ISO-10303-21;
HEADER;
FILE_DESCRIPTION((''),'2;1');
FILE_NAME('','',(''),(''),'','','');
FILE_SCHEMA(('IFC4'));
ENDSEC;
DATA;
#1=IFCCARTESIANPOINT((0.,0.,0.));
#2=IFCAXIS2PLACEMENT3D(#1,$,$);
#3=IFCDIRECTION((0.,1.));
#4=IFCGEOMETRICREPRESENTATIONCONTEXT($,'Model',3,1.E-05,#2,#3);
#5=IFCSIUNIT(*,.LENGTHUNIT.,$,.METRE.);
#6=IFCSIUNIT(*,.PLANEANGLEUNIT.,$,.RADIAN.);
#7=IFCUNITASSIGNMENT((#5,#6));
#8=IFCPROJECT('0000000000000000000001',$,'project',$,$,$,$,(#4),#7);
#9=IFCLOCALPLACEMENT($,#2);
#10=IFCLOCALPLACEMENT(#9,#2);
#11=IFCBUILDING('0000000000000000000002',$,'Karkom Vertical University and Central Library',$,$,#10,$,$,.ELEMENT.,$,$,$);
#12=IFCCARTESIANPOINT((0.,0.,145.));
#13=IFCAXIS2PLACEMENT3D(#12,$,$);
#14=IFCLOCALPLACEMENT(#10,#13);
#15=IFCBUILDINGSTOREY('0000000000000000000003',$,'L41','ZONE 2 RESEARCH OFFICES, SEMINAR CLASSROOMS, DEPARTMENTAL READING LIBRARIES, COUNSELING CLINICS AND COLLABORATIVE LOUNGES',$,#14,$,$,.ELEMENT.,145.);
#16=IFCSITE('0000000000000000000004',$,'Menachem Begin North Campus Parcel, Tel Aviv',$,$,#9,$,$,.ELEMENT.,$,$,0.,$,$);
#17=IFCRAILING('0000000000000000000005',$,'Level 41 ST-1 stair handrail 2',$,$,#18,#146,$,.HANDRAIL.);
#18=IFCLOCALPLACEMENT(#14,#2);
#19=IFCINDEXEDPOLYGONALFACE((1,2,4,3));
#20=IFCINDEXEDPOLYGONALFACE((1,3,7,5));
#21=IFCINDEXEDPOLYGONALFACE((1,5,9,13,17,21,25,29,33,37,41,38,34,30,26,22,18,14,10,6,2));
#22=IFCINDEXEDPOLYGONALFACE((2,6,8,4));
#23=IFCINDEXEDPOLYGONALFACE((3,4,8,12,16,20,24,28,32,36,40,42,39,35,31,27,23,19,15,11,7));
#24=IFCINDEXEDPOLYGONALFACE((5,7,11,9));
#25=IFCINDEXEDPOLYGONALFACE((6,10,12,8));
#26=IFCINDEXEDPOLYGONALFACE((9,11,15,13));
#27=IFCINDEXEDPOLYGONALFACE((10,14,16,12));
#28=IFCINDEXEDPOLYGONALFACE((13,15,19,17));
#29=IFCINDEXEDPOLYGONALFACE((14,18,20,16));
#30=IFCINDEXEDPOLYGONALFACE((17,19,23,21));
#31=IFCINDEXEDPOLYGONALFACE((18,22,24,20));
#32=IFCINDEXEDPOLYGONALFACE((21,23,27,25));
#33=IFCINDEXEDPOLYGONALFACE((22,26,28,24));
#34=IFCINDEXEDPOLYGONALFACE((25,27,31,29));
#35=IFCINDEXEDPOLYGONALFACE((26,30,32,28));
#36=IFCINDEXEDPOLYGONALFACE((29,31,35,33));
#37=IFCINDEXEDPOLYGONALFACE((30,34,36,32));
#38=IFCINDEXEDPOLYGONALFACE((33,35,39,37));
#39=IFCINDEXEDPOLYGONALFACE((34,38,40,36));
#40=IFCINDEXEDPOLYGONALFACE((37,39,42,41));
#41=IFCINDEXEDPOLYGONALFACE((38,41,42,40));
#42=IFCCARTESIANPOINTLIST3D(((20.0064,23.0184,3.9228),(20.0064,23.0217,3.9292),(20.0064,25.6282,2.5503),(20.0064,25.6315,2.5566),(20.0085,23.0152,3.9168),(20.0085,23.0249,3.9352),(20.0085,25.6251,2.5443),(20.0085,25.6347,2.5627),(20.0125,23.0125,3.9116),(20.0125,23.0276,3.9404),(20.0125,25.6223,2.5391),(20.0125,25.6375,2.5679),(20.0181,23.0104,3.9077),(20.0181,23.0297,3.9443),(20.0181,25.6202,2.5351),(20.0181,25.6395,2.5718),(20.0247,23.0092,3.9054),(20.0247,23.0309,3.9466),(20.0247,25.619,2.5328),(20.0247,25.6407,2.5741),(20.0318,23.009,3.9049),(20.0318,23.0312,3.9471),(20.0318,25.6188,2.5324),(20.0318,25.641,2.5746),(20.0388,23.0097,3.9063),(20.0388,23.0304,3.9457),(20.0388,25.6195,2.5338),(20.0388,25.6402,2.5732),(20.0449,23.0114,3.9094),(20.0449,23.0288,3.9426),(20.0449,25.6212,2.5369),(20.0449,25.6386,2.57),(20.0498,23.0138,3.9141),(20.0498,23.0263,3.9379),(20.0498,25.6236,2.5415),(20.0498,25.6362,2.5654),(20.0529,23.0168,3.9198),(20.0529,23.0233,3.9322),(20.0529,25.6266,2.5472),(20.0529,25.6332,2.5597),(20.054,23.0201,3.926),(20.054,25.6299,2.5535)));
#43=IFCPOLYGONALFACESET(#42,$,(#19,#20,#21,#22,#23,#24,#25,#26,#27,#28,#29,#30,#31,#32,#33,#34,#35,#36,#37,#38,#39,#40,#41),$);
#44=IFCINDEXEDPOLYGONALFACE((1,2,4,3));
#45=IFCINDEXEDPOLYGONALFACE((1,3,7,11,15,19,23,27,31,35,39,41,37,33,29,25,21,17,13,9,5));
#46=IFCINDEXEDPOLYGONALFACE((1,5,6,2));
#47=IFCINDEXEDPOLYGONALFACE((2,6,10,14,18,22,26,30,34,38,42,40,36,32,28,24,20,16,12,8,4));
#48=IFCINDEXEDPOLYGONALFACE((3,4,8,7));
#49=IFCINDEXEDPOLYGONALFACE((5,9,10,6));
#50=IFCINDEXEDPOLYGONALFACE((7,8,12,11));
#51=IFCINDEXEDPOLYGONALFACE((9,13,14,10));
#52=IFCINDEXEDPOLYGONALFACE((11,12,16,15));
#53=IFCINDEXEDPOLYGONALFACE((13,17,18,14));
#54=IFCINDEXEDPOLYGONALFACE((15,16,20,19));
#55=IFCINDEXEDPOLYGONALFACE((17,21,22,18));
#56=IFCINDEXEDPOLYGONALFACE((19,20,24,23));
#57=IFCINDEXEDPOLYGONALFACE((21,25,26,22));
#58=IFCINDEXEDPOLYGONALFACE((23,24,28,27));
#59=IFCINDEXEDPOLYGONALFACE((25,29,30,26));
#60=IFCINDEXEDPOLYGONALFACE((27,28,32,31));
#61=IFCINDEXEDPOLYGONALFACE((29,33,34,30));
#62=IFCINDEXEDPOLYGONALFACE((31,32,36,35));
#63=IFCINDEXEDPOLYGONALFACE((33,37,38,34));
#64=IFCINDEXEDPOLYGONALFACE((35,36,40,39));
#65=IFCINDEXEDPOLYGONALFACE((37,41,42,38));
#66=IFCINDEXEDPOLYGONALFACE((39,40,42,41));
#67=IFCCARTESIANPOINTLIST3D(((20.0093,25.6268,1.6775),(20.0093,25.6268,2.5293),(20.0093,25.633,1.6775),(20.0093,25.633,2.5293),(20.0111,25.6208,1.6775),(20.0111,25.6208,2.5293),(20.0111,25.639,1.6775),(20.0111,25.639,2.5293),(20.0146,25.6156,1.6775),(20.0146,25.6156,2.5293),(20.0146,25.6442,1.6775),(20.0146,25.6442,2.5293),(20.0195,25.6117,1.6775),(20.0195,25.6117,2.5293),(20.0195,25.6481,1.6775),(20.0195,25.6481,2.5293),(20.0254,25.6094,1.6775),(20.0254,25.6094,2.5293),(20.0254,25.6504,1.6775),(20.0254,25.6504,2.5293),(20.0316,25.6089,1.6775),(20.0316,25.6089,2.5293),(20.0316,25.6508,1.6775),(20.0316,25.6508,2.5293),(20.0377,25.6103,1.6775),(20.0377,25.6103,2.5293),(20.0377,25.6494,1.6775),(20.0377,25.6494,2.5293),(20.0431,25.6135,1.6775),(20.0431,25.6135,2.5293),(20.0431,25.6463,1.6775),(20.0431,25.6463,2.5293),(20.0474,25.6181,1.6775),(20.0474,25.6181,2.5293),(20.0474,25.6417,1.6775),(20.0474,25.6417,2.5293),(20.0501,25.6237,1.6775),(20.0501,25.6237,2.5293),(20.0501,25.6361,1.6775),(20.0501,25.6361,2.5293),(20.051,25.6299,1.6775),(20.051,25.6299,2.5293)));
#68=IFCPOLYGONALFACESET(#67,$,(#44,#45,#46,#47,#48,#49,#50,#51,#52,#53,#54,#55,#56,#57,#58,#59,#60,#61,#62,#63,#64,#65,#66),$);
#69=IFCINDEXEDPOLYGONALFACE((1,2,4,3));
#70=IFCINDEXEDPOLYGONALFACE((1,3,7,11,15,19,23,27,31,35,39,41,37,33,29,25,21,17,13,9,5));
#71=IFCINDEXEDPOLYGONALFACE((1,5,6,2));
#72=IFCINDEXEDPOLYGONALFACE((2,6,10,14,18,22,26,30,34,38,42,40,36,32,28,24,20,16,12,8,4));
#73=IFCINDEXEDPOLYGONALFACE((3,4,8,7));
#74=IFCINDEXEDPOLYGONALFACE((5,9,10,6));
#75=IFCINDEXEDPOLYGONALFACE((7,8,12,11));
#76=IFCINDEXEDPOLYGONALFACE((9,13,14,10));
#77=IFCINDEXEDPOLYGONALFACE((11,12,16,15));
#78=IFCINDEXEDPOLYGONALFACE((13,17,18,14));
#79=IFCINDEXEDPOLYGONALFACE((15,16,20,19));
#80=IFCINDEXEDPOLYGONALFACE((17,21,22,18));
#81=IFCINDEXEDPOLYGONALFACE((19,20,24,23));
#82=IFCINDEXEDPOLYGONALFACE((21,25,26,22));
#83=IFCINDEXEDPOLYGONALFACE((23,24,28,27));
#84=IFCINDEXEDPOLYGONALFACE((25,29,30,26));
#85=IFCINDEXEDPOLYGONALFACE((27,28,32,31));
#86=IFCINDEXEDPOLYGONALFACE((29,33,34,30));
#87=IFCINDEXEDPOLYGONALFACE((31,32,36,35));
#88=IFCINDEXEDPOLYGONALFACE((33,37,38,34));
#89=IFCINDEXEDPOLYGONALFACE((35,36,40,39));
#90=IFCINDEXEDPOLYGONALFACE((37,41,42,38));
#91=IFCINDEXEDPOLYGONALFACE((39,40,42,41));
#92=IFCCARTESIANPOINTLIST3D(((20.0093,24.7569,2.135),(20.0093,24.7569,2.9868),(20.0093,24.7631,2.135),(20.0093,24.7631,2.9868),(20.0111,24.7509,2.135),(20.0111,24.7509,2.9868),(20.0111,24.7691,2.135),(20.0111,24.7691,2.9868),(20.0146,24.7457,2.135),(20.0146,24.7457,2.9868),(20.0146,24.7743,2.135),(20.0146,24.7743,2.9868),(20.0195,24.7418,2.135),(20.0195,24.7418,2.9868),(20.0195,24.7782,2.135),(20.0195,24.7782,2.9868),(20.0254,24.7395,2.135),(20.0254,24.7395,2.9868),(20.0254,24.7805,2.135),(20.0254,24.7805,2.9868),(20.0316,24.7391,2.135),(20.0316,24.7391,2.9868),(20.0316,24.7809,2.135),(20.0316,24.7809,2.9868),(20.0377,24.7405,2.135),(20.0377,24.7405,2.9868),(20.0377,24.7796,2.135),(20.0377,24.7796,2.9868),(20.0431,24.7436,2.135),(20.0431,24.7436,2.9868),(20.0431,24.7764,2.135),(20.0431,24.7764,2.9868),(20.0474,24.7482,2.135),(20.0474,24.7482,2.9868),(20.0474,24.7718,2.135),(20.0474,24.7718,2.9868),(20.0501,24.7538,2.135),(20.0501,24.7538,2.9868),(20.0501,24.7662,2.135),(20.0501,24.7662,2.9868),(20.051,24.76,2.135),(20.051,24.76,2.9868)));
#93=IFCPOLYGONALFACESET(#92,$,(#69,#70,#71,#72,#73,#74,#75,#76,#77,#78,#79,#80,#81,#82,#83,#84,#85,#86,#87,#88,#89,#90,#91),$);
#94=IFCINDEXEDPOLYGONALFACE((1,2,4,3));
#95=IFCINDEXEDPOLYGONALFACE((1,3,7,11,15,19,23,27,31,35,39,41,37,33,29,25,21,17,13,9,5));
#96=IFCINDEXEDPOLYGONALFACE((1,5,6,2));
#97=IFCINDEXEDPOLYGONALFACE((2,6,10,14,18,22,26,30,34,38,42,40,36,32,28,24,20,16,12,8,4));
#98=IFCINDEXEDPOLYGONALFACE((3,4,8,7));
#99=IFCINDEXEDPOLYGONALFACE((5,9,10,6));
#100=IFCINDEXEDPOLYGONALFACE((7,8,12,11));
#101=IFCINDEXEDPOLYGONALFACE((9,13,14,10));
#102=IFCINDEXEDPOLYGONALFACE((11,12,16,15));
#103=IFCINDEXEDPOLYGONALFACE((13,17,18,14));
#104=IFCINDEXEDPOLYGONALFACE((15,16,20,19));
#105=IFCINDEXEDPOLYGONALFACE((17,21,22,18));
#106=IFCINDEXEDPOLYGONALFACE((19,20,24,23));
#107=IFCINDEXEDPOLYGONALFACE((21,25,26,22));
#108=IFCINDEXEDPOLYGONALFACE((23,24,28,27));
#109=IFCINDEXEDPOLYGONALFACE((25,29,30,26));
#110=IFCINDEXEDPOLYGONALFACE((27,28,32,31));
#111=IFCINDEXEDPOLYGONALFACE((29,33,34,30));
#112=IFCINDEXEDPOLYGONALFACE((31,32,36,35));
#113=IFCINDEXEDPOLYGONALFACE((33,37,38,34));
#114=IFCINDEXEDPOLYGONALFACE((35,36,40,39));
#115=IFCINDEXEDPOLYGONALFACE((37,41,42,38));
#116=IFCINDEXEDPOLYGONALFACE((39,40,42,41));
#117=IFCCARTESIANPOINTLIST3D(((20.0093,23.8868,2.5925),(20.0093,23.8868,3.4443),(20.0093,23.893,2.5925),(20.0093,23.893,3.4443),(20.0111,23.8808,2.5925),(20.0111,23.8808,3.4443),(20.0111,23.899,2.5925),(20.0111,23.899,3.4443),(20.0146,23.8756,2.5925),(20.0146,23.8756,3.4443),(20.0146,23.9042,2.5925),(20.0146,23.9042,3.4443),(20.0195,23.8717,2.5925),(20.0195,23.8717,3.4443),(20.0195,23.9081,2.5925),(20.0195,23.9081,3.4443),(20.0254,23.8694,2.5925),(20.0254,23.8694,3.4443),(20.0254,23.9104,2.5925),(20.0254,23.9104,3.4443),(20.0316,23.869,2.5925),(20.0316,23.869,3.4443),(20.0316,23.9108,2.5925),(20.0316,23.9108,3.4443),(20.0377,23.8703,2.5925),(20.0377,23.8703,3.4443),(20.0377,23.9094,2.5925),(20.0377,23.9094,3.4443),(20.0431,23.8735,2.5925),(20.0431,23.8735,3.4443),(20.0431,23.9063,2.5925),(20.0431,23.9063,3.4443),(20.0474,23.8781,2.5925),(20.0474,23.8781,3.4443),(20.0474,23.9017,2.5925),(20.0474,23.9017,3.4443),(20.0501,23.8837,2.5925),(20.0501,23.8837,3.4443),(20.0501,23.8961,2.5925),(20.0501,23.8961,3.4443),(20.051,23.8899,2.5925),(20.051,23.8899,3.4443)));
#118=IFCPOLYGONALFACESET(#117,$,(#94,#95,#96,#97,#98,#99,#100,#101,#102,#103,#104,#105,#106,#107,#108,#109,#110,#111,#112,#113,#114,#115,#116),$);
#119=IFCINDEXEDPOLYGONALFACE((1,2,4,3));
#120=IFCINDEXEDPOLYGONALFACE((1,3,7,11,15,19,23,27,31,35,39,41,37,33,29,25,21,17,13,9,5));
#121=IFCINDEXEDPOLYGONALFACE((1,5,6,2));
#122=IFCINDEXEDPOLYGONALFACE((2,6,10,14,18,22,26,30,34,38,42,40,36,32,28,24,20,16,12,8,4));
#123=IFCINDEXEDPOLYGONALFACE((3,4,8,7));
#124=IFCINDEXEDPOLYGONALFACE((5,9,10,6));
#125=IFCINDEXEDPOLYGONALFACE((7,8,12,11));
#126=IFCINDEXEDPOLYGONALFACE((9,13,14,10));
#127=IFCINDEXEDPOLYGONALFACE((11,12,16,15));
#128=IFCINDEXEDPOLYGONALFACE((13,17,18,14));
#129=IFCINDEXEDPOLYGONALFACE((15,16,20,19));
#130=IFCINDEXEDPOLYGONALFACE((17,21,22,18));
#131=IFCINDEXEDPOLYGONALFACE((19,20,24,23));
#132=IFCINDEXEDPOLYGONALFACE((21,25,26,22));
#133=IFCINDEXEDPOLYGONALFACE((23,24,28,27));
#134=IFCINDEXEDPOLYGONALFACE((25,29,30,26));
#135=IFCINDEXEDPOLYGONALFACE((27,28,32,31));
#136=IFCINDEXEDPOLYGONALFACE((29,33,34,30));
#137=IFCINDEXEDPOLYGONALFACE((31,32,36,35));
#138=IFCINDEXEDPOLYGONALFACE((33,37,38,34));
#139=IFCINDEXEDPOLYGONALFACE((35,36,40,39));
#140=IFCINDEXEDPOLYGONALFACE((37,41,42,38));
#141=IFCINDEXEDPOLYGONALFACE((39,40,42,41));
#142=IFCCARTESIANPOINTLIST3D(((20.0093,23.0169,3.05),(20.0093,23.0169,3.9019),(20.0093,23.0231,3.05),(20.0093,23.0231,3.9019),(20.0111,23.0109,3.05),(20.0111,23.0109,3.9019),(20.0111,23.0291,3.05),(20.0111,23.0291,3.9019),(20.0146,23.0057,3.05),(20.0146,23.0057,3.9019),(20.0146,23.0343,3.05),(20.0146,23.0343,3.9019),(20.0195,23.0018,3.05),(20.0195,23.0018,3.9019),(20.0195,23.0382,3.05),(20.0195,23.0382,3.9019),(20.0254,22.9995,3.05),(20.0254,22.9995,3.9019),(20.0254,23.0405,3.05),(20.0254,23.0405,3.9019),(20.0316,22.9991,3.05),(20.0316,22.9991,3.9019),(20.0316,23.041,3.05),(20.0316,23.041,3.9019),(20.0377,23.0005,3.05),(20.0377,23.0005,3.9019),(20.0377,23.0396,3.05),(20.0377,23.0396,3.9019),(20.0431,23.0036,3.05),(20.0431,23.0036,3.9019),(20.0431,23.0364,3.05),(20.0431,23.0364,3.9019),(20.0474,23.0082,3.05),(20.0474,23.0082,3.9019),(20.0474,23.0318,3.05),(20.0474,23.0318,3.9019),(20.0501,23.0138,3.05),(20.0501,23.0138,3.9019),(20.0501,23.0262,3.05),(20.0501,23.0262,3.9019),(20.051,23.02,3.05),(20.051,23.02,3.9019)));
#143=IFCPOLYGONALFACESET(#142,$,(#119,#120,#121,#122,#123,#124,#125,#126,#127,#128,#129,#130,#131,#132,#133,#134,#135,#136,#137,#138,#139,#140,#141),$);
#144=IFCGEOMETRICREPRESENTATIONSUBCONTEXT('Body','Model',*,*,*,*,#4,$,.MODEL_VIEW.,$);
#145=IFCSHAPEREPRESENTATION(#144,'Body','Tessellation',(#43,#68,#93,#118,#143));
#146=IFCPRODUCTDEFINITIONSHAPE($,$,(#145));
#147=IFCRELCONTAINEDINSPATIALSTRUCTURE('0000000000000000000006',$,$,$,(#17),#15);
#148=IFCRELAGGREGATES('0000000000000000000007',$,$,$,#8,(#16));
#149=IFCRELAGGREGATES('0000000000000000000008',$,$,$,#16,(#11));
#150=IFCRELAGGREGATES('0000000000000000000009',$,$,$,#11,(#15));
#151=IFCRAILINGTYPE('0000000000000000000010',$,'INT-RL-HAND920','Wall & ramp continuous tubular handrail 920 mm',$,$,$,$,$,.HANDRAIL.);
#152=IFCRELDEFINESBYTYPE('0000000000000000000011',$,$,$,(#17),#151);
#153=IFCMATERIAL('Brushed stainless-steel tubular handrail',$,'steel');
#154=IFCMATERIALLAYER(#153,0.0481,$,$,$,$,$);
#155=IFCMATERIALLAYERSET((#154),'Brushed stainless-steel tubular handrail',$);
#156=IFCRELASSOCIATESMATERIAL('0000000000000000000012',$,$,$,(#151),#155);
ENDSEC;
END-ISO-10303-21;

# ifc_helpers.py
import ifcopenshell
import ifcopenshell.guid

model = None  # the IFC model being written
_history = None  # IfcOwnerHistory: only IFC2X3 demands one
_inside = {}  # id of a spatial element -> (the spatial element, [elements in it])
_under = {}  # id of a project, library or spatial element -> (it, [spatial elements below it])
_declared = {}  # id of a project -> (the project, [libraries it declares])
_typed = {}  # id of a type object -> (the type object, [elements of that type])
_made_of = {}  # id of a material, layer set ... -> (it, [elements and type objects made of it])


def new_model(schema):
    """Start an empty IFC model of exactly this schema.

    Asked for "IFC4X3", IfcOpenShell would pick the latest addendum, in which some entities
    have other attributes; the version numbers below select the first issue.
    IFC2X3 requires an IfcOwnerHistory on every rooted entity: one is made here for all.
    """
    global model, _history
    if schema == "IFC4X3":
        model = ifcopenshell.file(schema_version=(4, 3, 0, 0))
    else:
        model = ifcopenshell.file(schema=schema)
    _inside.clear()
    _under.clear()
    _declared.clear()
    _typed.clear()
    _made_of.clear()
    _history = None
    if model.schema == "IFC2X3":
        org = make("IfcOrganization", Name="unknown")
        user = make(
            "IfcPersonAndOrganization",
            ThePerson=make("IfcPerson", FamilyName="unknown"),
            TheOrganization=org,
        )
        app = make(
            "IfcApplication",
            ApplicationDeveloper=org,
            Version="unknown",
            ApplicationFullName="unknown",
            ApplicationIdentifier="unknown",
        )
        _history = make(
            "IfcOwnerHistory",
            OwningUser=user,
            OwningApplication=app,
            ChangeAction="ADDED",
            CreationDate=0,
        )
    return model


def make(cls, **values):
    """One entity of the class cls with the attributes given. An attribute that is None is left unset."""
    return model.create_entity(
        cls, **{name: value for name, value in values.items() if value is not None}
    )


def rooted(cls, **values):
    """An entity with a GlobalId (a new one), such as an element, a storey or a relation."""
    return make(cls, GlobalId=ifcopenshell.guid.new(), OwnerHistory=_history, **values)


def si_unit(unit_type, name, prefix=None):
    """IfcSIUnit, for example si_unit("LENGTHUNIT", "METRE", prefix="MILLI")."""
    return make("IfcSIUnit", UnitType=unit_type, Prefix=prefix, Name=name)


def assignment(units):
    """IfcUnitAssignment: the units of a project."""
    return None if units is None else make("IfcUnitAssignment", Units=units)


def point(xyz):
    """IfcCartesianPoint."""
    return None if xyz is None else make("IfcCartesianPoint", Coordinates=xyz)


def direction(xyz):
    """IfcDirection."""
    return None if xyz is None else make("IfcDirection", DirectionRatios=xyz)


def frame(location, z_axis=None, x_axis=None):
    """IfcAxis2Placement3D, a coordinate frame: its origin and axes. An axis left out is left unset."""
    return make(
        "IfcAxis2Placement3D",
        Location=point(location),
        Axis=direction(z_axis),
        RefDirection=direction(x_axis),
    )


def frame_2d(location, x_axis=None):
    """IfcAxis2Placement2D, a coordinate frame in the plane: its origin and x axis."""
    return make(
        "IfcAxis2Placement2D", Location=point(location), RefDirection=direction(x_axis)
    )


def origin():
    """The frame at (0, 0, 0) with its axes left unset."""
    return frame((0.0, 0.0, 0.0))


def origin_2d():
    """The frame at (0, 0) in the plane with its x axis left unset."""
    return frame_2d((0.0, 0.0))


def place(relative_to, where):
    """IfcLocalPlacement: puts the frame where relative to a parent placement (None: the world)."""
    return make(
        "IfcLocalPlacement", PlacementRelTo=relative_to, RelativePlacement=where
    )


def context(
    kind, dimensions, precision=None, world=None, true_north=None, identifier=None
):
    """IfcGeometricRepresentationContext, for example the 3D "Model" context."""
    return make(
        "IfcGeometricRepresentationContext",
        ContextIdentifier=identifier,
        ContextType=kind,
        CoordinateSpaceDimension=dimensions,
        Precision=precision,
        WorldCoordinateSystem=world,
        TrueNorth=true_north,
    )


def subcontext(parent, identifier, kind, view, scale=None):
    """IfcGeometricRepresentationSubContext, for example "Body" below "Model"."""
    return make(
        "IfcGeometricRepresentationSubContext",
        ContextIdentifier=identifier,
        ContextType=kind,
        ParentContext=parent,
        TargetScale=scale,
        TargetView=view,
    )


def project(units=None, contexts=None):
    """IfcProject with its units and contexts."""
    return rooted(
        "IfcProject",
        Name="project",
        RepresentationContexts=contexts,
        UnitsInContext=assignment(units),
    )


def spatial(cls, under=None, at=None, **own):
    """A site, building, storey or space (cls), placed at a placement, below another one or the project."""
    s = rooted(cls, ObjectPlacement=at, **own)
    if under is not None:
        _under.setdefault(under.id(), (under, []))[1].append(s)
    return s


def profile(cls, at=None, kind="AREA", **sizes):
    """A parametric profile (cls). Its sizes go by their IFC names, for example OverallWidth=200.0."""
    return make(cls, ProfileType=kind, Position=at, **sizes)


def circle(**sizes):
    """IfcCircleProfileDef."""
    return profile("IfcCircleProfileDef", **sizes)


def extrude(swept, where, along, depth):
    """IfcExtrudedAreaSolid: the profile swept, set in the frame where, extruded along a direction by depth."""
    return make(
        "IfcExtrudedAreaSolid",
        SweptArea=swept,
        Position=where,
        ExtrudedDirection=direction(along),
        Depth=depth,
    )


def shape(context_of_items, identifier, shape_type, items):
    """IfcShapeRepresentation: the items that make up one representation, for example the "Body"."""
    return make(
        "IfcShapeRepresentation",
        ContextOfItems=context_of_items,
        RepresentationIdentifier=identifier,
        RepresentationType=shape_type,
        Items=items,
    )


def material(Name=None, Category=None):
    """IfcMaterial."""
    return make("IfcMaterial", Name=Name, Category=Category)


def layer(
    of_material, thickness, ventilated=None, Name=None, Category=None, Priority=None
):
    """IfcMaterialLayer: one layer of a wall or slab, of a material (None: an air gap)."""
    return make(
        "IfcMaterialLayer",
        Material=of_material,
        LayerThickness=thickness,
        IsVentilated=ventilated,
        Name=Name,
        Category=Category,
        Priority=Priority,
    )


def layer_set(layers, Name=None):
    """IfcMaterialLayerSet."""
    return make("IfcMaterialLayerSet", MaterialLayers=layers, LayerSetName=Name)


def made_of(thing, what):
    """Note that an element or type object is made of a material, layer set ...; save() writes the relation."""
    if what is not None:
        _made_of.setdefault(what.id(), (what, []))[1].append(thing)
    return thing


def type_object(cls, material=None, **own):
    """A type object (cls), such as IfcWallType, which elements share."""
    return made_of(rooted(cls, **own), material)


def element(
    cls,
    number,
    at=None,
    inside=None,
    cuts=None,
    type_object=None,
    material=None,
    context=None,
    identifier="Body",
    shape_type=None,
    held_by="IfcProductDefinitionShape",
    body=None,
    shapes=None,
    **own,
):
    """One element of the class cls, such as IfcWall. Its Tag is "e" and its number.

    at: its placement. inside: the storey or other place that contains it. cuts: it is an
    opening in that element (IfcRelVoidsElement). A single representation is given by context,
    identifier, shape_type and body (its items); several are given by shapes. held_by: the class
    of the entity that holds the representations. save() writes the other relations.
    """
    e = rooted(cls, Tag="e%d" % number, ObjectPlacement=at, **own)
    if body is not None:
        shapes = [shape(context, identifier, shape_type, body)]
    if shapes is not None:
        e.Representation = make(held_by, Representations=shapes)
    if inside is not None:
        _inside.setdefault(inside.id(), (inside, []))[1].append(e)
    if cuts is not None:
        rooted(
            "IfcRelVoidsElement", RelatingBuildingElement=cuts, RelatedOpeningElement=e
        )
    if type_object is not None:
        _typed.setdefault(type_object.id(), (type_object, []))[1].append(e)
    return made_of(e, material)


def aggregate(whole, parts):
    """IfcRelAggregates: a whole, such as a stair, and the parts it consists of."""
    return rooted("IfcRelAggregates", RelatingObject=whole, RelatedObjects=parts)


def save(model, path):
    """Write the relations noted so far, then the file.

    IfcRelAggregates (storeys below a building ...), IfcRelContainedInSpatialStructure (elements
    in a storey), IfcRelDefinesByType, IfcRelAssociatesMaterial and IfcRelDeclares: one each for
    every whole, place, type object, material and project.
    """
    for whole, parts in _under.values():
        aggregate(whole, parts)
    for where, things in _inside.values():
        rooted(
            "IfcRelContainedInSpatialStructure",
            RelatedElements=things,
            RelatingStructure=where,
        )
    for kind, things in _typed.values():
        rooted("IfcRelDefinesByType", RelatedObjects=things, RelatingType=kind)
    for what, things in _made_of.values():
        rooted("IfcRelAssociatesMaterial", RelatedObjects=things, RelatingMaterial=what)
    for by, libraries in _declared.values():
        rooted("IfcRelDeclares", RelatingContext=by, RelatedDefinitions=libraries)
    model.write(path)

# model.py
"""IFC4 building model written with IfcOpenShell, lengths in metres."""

from ifc_helpers import new_model, si_unit, direction, frame, origin, origin_2d, place, context, subcontext, project, spatial, circle, extrude, material, layer, layer_set, type_object, element, save


model = new_model("IFC4")

# Units and contexts
model_context = context("Model", 3, precision=1e-05, world=origin(), true_north=direction((0.0, 1.0)))
body_context = subcontext(model_context, "Body", "Model", "MODEL_VIEW")
ifc_project = project(units=[si_unit("LENGTHUNIT", "METRE"), si_unit("PLANEANGLEUNIT", "RADIAN")], contexts=[model_context])

# Site, building, storey
site_placement = place(None, origin())
site = spatial("IfcSite", under=ifc_project, at=site_placement, Name="Menachem Begin North Campus Parcel, Tel Aviv", CompositionType="ELEMENT", RefElevation=0.0)
building_placement = place(site_placement, origin())
building = spatial("IfcBuilding", under=site, at=building_placement, Name="Karkom Vertical University and Central Library", CompositionType="ELEMENT")
storey_placement = place(building_placement, frame((0.0, 0.0, 145.0)))
storey = spatial("IfcBuildingStorey", under=building, at=storey_placement, Name="L41", Description="ZONE 2 RESEARCH OFFICES, SEMINAR CLASSROOMS, DEPARTMENTAL READING LIBRARIES, COUNSELING CLINICS AND COLLABORATIVE LOUNGES", CompositionType="ELEMENT", Elevation=145.0)

# Railing
ifc_material_1 = material(Name="Brushed stainless-steel tubular handrail", Category="steel")
ifc_layer_1 = layer(ifc_material_1, 0.0481)
ifc_layer_set_1 = layer_set([ifc_layer_1], Name="Brushed stainless-steel tubular handrail")
railing_type_1 = type_object("IfcRailingType", Name="INT-RL-HAND920", Description="Wall & ramp continuous tubular handrail 920 mm", PredefinedType="HANDRAIL", material=ifc_layer_set_1)
railing_1_placement = place(storey_placement, frame((20.03, 25.6299, 1.6775)))
element("IfcRailing", 1, at=railing_1_placement, inside=storey, type_object=railing_type_1, Name="Level 41 ST-1 stair handrail 2", PredefinedType="HANDRAIL", context=body_context, shape_type="SweptSolid", body=[
    extrude(circle(Radius=0.0239, at=origin_2d()), frame((0.0, 0.0, 0.876), z_axis=(0.0, -0.885065, 0.465467), x_axis=(1.0, 0.0, 0.0)), (0.0, 0.0, 1.0), 2.9487),
    extrude(circle(Radius=0.021, at=origin_2d()), origin(), (0.0, 0.0, 1.0), 0.8518),
    extrude(circle(Radius=0.021, at=origin_2d()), frame((0.0, -0.8699, 0.4575)), (0.0, 0.0, 1.0), 0.8518),
    extrude(circle(Radius=0.021, at=origin_2d()), frame((0.0, -1.74, 0.915)), (0.0, 0.0, 1.0), 0.8518),
    extrude(circle(Radius=0.021, at=origin_2d()), frame((0.0, -2.6099, 1.3726)), (0.0, 0.0, 1.0), 0.8518),
])

save(model, "model.ifc")
